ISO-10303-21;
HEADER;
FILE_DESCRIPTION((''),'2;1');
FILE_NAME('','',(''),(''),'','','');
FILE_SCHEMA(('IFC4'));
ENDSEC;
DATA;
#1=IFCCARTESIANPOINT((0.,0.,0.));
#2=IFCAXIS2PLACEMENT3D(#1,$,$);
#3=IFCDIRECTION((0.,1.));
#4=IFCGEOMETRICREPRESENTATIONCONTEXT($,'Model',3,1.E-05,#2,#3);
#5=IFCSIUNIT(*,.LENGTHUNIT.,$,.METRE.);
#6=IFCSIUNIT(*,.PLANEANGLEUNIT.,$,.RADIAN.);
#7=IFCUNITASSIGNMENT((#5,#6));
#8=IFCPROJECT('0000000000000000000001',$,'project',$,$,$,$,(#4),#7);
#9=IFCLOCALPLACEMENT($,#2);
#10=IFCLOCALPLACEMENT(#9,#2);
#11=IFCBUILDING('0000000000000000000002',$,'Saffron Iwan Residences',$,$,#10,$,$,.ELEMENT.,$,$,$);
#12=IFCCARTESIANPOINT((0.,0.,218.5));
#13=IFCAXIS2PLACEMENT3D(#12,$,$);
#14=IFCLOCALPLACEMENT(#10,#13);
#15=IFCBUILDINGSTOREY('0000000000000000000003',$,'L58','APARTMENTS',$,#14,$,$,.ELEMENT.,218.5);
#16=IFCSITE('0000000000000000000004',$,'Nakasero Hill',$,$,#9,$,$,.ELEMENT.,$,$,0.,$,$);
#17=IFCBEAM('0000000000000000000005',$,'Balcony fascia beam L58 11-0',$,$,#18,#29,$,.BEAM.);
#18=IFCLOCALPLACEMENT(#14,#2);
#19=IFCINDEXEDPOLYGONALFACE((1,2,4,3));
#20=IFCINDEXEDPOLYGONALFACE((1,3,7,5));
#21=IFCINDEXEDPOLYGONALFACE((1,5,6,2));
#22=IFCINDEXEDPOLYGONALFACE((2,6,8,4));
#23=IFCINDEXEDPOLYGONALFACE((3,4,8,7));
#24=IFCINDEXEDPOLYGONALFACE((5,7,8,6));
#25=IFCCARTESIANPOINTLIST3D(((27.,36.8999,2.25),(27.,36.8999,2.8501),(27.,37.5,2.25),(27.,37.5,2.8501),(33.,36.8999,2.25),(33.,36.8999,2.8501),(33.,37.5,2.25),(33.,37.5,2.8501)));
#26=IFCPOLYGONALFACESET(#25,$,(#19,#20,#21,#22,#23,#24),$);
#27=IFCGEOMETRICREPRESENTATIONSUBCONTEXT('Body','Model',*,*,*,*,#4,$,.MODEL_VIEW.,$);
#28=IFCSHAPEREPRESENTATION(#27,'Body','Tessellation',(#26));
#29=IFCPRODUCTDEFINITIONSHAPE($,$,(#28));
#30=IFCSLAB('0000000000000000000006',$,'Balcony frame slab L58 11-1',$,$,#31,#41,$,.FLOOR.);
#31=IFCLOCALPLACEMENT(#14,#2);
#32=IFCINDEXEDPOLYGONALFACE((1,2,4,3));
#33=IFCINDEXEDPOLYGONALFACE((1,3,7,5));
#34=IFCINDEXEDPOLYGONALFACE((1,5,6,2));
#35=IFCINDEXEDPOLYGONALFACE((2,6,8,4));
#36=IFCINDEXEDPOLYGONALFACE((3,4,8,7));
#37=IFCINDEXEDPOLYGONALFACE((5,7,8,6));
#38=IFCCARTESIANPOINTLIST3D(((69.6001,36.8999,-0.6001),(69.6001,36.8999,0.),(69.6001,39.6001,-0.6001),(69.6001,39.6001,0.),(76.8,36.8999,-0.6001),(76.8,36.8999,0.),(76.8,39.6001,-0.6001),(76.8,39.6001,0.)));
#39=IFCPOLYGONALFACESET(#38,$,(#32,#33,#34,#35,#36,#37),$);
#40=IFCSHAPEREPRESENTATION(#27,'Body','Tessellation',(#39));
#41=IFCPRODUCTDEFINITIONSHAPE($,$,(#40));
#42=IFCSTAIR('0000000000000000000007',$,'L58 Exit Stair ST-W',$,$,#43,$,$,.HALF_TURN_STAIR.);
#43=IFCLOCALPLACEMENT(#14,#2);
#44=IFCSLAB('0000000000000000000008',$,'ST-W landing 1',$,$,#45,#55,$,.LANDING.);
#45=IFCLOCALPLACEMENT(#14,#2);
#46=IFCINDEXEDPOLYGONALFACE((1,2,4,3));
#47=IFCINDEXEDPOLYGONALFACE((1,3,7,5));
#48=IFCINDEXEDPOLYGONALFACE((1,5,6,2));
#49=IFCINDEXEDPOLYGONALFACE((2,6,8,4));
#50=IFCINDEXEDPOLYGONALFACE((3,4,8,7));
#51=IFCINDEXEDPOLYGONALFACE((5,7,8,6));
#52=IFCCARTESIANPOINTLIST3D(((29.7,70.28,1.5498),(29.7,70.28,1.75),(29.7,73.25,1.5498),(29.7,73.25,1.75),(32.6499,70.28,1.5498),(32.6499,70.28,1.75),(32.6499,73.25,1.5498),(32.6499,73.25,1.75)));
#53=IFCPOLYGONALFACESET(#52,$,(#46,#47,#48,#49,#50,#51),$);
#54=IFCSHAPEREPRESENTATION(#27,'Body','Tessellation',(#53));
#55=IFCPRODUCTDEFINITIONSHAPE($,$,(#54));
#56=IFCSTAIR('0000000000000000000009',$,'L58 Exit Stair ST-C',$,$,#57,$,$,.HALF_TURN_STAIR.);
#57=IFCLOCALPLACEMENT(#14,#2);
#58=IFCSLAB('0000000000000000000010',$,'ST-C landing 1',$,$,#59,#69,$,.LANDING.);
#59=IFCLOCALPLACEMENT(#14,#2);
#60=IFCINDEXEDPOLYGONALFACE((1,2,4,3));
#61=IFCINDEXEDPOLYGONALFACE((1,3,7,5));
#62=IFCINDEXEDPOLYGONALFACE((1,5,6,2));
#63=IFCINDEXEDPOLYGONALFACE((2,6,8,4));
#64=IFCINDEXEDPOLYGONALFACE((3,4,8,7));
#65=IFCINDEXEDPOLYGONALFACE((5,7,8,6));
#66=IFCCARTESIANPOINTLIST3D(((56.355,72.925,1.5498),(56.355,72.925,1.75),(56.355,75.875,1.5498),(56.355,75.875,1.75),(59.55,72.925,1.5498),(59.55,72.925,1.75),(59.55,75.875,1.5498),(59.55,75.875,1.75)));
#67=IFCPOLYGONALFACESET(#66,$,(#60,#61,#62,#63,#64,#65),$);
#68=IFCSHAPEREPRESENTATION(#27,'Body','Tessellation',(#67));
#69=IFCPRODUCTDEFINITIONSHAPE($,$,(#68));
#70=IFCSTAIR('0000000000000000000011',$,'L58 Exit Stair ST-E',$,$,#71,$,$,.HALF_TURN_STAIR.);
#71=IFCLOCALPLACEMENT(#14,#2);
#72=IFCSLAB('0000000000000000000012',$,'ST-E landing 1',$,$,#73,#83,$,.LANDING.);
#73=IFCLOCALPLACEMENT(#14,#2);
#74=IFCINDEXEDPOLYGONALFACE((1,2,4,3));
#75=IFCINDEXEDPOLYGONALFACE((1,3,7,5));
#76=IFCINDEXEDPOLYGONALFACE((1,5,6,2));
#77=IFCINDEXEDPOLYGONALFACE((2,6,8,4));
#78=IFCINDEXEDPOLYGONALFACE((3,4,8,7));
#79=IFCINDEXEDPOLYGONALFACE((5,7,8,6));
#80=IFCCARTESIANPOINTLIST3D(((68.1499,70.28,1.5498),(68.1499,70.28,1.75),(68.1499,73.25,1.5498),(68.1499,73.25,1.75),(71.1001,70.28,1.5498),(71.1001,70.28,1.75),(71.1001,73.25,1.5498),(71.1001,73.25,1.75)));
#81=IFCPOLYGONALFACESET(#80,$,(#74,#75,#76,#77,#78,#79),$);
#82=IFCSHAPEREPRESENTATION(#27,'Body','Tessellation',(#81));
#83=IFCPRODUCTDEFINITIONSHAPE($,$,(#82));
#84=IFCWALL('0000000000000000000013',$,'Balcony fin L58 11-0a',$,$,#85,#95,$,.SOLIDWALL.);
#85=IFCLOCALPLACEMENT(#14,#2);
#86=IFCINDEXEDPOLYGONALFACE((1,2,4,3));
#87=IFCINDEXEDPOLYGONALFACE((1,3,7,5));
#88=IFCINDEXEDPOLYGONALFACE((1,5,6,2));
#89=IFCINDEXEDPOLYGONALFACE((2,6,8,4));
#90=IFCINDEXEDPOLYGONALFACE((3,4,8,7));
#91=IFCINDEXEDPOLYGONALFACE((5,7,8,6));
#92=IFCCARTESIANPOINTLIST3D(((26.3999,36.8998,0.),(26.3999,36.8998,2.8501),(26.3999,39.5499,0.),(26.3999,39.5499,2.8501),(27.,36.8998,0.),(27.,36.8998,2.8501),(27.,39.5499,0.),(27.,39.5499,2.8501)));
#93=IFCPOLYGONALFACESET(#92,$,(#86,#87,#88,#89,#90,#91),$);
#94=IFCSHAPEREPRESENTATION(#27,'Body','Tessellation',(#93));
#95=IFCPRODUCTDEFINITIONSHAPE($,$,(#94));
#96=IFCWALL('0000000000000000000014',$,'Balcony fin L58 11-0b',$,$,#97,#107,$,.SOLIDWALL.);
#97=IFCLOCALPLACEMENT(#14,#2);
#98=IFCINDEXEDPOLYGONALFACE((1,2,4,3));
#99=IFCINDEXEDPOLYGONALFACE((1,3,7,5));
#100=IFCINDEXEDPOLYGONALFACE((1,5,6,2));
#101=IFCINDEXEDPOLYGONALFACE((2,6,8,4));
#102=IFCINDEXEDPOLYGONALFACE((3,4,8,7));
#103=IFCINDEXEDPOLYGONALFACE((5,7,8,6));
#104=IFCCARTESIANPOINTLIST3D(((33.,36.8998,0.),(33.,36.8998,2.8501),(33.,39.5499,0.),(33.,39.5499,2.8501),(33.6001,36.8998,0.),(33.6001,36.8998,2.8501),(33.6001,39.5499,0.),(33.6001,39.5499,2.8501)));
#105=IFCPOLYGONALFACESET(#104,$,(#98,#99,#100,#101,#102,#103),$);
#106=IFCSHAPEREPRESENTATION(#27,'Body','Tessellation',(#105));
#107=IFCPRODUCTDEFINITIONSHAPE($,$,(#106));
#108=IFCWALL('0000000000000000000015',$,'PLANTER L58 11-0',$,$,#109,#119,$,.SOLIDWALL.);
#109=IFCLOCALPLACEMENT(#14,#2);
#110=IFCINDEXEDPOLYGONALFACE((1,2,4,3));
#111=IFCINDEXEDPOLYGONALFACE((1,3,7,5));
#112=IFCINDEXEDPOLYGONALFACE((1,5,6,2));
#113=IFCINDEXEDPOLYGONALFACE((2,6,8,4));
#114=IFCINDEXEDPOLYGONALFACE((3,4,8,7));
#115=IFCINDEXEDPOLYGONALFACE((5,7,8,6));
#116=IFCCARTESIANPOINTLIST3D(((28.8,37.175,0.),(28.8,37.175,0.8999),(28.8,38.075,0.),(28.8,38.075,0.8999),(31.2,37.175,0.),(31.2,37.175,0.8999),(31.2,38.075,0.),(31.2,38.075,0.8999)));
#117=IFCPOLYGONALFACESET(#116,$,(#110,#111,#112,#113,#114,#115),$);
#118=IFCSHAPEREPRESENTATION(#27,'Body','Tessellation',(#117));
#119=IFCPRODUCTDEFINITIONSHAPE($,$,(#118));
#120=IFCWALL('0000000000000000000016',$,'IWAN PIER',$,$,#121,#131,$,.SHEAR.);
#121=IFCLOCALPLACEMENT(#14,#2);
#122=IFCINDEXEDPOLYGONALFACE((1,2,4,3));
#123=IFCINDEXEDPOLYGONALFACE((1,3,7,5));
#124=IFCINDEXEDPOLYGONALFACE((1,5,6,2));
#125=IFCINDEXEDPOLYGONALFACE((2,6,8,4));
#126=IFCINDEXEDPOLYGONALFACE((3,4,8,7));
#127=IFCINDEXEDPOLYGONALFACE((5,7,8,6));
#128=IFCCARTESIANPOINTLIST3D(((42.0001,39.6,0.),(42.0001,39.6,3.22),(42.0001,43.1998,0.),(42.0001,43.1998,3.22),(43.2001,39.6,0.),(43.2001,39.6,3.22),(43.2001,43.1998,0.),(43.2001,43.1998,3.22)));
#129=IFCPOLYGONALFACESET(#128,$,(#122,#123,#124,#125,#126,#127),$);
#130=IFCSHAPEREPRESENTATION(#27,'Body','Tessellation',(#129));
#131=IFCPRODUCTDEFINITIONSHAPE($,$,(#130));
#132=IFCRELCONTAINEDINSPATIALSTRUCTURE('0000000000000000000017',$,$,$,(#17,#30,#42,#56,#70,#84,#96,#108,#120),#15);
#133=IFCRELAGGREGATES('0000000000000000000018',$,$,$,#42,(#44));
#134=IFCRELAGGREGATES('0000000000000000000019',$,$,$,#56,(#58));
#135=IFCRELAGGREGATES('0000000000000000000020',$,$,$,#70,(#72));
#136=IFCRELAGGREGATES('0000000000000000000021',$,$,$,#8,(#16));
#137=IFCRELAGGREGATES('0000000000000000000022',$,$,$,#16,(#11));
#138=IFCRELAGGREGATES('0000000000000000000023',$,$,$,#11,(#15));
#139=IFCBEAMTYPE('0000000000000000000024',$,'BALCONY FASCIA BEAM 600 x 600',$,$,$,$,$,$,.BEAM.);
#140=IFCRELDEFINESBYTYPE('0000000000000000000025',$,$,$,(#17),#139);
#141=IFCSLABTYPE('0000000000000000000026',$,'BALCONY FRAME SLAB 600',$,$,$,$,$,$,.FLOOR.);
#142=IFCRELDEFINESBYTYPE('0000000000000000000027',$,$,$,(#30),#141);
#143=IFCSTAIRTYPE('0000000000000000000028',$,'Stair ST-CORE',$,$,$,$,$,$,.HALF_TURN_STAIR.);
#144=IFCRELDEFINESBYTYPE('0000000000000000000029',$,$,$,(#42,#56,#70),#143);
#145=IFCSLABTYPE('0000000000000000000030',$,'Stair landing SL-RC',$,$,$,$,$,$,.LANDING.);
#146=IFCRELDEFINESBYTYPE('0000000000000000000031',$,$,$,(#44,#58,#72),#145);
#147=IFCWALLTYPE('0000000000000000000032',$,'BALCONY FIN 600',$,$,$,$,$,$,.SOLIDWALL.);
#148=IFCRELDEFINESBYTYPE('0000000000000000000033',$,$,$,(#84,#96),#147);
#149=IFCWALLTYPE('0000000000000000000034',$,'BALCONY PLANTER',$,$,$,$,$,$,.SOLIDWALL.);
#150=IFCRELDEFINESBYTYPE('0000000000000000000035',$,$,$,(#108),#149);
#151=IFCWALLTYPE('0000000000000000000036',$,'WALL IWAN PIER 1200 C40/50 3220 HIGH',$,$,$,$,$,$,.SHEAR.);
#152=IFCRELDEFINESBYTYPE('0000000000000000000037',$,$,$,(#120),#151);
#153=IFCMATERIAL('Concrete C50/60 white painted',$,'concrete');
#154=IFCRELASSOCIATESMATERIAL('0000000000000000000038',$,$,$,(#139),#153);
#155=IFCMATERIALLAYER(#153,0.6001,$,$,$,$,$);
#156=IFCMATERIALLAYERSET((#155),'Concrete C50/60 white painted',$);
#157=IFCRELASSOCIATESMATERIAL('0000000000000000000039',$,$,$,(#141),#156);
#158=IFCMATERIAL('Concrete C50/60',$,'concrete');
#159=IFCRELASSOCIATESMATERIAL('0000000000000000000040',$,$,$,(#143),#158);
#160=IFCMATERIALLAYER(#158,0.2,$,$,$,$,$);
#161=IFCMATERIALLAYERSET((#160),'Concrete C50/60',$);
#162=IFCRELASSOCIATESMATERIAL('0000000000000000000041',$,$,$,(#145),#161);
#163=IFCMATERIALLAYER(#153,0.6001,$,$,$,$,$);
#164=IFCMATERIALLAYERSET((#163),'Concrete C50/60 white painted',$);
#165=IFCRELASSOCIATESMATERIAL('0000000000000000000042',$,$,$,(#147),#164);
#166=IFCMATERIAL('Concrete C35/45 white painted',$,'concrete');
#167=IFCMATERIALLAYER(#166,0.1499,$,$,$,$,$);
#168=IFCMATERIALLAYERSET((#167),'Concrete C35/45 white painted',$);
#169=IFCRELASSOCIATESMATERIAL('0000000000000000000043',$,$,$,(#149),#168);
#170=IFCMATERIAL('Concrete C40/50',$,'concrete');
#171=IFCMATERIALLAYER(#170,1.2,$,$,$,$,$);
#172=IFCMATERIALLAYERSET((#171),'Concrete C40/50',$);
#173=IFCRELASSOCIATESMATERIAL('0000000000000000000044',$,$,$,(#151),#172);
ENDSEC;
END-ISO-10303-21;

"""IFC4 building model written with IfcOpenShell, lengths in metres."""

from ifc_helpers import new_model, si_unit, direction, frame, frame_2d, origin, origin_2d, place, context, subcontext, project, spatial, polyline, rectangle, outline, extrude, source, transform, mapped, material, layer, layer_set, material_profile, profile_set, type_object, element, aggregate, save


model = new_model("IFC4")

# Units and contexts
model_context = context("Model", 3, precision=1e-05, world=origin(), true_north=direction((0.0, 1.0)))
body_context = subcontext(model_context, "Body", "Model", "MODEL_VIEW")
ifc_project = project(units=[si_unit("LENGTHUNIT", "METRE"), si_unit("PLANEANGLEUNIT", "RADIAN")], contexts=[model_context])

# Site, building, storey
site_placement = place(None, origin())
site = spatial("IfcSite", under=ifc_project, at=site_placement, Name="Nakasero Hill", CompositionType="ELEMENT", RefElevation=0.0)
building_placement = place(site_placement, origin())
building = spatial("IfcBuilding", under=site, at=building_placement, Name="Saffron Iwan Residences", CompositionType="ELEMENT")
storey_placement = place(building_placement, frame((0.0, 0.0, 218.5)))
storey = spatial("IfcBuildingStorey", under=building, at=storey_placement, Name="L58", Description="APARTMENTS", CompositionType="ELEMENT", Elevation=218.5)

# Beam
ifc_material_1 = material(Name="Concrete C50/60 white painted", Category="concrete")
ifc_material_profile = material_profile(ifc_material_1, rectangle(XDim=0.6001, YDim=0.6001, at=origin_2d()), Name="BALCONY FASCIA BEAM 600 x 600")
ifc_profile_set = profile_set([ifc_material_profile], Name="Concrete C50/60 white painted")
beam_type = type_object("IfcBeamType", Name="BALCONY FASCIA BEAM 600 x 600", PredefinedType="BEAM", material=ifc_profile_set)
shared_shape = source(origin(), body_context, "Body", "SweptSolid", [
    extrude(rectangle(XDim=0.6001, YDim=0.6001, at=origin_2d()), origin(), (0.0, 0.0, 1.0), 6.0),
])
beam_placement = place(storey_placement, frame((27.0, 37.2, 2.55), z_axis=(1.0, 0.0, 0.0), x_axis=(0.0, 1.0, 0.0)))
element("IfcBeam", 1, at=beam_placement, inside=storey, type_object=beam_type, Name="Balcony fascia beam L58 11-0", PredefinedType="BEAM", context=body_context, shape_type="MappedRepresentation", body=[
    mapped(shared_shape, transform((0.0, 0.0, 0.0))),
])

# Slab
ifc_layer_1 = layer(ifc_material_1, 0.6001)
ifc_layer_set_1 = layer_set([ifc_layer_1], Name="Concrete C50/60 white painted")
slab_type_1 = type_object("IfcSlabType", Name="BALCONY FRAME SLAB 600", PredefinedType="FLOOR", material=ifc_layer_set_1)
slab_1_placement = place(storey_placement, frame((0.0, 0.0, -0.6001)))
element("IfcSlab", 2, at=slab_1_placement, inside=storey, type_object=slab_type_1, Name="Balcony frame slab L58 11-1", PredefinedType="FLOOR", context=body_context, shape_type="SweptSolid", body=[
    extrude(outline(polyline([(69.6001, 36.8999), (76.8, 36.8999), (76.8, 39.6001), (69.6001, 39.6001), (69.6001, 36.8999)])), origin(), (0.0, 0.0, 1.0), 0.6001),
])

# Stairs, slabs
ifc_material_2 = material(Name="Concrete C50/60", Category="concrete")
stair_type = type_object("IfcStairType", Name="Stair ST-CORE", PredefinedType="HALF_TURN_STAIR", material=ifc_material_2)
stair_1_placement = place(storey_placement, origin())
stair_1 = element("IfcStair", 3, at=stair_1_placement, inside=storey, type_object=stair_type, Name="L58 Exit Stair ST-W", PredefinedType="HALF_TURN_STAIR")
ifc_layer_2 = layer(ifc_material_2, 0.2)
ifc_layer_set_2 = layer_set([ifc_layer_2], Name="Concrete C50/60")
slab_type_2 = type_object("IfcSlabType", Name="Stair landing SL-RC", PredefinedType="LANDING", material=ifc_layer_set_2)
slab_2_placement = place(storey_placement, frame((0.0, 0.0, 1.5498)))
slab_2 = element("IfcSlab", 4, at=slab_2_placement, type_object=slab_type_2, Name="ST-W landing 1", PredefinedType="LANDING", context=body_context, shape_type="SweptSolid", body=[
    extrude(outline(polyline([(32.6499, 70.28), (32.6499, 73.25), (29.7, 73.25), (29.7, 70.28), (32.6499, 70.28)])), origin(), (0.0, 0.0, 1.0), 0.2002),
])
aggregate(stair_1, [slab_2])
stair_2_placement = place(storey_placement, origin())
stair_2 = element("IfcStair", 5, at=stair_2_placement, inside=storey, type_object=stair_type, Name="L58 Exit Stair ST-C", PredefinedType="HALF_TURN_STAIR")
slab_3_placement = place(storey_placement, frame((0.0, 0.0, 1.5498)))
slab_3 = element("IfcSlab", 6, at=slab_3_placement, type_object=slab_type_2, Name="ST-C landing 1", PredefinedType="LANDING", context=body_context, shape_type="SweptSolid", body=[
    extrude(outline(polyline([(56.355, 72.925), (59.55, 72.925), (59.55, 75.875), (56.355, 75.875), (56.355, 72.925)])), origin(), (0.0, 0.0, 1.0), 0.2002),
])
aggregate(stair_2, [slab_3])
stair_3_placement = place(storey_placement, origin())
stair_3 = element("IfcStair", 7, at=stair_3_placement, inside=storey, type_object=stair_type, Name="L58 Exit Stair ST-E", PredefinedType="HALF_TURN_STAIR")
slab_4_placement = place(storey_placement, frame((0.0, 0.0, 1.5498)))
slab_4 = element("IfcSlab", 8, at=slab_4_placement, type_object=slab_type_2, Name="ST-E landing 1", PredefinedType="LANDING", context=body_context, shape_type="SweptSolid", body=[
    extrude(outline(polyline([(71.1001, 70.28), (71.1001, 73.25), (68.1499, 73.25), (68.1499, 70.28), (71.1001, 70.28)])), origin(), (0.0, 0.0, 1.0), 0.2002),
])
aggregate(stair_3, [slab_4])

# Walls
ifc_layer_3 = layer(ifc_material_1, 0.6001)
ifc_layer_set_3 = layer_set([ifc_layer_3], Name="Concrete C50/60 white painted")
wall_type_1 = type_object("IfcWallType", Name="BALCONY FIN 600", PredefinedType="SOLIDWALL", material=ifc_layer_set_3)
for number, where, z_axis, x_axis, name in (
    (9, (26.7, 39.55, 0.0), (0.0, 0.0, 1.0), (0.0, -1.0, 0.0), "Balcony fin L58 11-0a"),
    (10, (33.3, 39.55, 0.0), (0.0, 0.0, 1.0), (0.0, -1.0, 0.0), "Balcony fin L58 11-0b"),
):
    element("IfcWall", number, at=place(storey_placement, frame(where, z_axis=z_axis, x_axis=x_axis)), inside=storey, type_object=wall_type_1, Name=name, PredefinedType="SOLIDWALL", context=body_context, shape_type="SweptSolid", body=[
        extrude(rectangle(XDim=2.6501, YDim=0.6001, at=frame_2d((1.3252, 0.0))), origin(), (0.0, 0.0, 1.0), 2.8501),
    ])
ifc_material_3 = material(Name="Concrete C35/45 white painted", Category="concrete")
ifc_layer_4 = layer(ifc_material_3, 0.1499)
ifc_layer_set_4 = layer_set([ifc_layer_4], Name="Concrete C35/45 white painted")
wall_type_2 = type_object("IfcWallType", Name="BALCONY PLANTER", PredefinedType="SOLIDWALL", material=ifc_layer_set_4)
wall_1_placement = place(storey_placement, frame((28.8, 37.625, 0.0), z_axis=(0.0, 0.0, 1.0), x_axis=(1.0, 0.0, 0.0)))
element("IfcWall", 11, at=wall_1_placement, inside=storey, type_object=wall_type_2, Name="PLANTER L58 11-0", PredefinedType="SOLIDWALL", context=body_context, shape_type="SweptSolid", body=[
    extrude(rectangle(XDim=2.3999, YDim=0.8999, at=frame_2d((1.2, 0.0))), origin(), (0.0, 0.0, 1.0), 0.8999),
])
ifc_material_4 = material(Name="Concrete C40/50", Category="concrete")
ifc_layer_5 = layer(ifc_material_4, 1.2)
ifc_layer_set_5 = layer_set([ifc_layer_5], Name="Concrete C40/50")
wall_type_3 = type_object("IfcWallType", Name="WALL IWAN PIER 1200 C40/50 3220 HIGH", PredefinedType="SHEAR", material=ifc_layer_set_5)
wall_2_placement = place(storey_placement, frame((42.6001, 39.6001, 0.0), z_axis=(0.0, 0.0, 1.0), x_axis=(0.0, 1.0, 0.0)))
element("IfcWall", 12, at=wall_2_placement, inside=storey, type_object=wall_type_3, Name="IWAN PIER", PredefinedType="SHEAR", context=body_context, shape_type="SweptSolid", body=[
    extrude(rectangle(XDim=3.5999, YDim=1.2, at=frame_2d((1.7998, 0.0))), origin(), (0.0, 0.0, 1.0), 3.22),
])

save(model, "model.ifc")
